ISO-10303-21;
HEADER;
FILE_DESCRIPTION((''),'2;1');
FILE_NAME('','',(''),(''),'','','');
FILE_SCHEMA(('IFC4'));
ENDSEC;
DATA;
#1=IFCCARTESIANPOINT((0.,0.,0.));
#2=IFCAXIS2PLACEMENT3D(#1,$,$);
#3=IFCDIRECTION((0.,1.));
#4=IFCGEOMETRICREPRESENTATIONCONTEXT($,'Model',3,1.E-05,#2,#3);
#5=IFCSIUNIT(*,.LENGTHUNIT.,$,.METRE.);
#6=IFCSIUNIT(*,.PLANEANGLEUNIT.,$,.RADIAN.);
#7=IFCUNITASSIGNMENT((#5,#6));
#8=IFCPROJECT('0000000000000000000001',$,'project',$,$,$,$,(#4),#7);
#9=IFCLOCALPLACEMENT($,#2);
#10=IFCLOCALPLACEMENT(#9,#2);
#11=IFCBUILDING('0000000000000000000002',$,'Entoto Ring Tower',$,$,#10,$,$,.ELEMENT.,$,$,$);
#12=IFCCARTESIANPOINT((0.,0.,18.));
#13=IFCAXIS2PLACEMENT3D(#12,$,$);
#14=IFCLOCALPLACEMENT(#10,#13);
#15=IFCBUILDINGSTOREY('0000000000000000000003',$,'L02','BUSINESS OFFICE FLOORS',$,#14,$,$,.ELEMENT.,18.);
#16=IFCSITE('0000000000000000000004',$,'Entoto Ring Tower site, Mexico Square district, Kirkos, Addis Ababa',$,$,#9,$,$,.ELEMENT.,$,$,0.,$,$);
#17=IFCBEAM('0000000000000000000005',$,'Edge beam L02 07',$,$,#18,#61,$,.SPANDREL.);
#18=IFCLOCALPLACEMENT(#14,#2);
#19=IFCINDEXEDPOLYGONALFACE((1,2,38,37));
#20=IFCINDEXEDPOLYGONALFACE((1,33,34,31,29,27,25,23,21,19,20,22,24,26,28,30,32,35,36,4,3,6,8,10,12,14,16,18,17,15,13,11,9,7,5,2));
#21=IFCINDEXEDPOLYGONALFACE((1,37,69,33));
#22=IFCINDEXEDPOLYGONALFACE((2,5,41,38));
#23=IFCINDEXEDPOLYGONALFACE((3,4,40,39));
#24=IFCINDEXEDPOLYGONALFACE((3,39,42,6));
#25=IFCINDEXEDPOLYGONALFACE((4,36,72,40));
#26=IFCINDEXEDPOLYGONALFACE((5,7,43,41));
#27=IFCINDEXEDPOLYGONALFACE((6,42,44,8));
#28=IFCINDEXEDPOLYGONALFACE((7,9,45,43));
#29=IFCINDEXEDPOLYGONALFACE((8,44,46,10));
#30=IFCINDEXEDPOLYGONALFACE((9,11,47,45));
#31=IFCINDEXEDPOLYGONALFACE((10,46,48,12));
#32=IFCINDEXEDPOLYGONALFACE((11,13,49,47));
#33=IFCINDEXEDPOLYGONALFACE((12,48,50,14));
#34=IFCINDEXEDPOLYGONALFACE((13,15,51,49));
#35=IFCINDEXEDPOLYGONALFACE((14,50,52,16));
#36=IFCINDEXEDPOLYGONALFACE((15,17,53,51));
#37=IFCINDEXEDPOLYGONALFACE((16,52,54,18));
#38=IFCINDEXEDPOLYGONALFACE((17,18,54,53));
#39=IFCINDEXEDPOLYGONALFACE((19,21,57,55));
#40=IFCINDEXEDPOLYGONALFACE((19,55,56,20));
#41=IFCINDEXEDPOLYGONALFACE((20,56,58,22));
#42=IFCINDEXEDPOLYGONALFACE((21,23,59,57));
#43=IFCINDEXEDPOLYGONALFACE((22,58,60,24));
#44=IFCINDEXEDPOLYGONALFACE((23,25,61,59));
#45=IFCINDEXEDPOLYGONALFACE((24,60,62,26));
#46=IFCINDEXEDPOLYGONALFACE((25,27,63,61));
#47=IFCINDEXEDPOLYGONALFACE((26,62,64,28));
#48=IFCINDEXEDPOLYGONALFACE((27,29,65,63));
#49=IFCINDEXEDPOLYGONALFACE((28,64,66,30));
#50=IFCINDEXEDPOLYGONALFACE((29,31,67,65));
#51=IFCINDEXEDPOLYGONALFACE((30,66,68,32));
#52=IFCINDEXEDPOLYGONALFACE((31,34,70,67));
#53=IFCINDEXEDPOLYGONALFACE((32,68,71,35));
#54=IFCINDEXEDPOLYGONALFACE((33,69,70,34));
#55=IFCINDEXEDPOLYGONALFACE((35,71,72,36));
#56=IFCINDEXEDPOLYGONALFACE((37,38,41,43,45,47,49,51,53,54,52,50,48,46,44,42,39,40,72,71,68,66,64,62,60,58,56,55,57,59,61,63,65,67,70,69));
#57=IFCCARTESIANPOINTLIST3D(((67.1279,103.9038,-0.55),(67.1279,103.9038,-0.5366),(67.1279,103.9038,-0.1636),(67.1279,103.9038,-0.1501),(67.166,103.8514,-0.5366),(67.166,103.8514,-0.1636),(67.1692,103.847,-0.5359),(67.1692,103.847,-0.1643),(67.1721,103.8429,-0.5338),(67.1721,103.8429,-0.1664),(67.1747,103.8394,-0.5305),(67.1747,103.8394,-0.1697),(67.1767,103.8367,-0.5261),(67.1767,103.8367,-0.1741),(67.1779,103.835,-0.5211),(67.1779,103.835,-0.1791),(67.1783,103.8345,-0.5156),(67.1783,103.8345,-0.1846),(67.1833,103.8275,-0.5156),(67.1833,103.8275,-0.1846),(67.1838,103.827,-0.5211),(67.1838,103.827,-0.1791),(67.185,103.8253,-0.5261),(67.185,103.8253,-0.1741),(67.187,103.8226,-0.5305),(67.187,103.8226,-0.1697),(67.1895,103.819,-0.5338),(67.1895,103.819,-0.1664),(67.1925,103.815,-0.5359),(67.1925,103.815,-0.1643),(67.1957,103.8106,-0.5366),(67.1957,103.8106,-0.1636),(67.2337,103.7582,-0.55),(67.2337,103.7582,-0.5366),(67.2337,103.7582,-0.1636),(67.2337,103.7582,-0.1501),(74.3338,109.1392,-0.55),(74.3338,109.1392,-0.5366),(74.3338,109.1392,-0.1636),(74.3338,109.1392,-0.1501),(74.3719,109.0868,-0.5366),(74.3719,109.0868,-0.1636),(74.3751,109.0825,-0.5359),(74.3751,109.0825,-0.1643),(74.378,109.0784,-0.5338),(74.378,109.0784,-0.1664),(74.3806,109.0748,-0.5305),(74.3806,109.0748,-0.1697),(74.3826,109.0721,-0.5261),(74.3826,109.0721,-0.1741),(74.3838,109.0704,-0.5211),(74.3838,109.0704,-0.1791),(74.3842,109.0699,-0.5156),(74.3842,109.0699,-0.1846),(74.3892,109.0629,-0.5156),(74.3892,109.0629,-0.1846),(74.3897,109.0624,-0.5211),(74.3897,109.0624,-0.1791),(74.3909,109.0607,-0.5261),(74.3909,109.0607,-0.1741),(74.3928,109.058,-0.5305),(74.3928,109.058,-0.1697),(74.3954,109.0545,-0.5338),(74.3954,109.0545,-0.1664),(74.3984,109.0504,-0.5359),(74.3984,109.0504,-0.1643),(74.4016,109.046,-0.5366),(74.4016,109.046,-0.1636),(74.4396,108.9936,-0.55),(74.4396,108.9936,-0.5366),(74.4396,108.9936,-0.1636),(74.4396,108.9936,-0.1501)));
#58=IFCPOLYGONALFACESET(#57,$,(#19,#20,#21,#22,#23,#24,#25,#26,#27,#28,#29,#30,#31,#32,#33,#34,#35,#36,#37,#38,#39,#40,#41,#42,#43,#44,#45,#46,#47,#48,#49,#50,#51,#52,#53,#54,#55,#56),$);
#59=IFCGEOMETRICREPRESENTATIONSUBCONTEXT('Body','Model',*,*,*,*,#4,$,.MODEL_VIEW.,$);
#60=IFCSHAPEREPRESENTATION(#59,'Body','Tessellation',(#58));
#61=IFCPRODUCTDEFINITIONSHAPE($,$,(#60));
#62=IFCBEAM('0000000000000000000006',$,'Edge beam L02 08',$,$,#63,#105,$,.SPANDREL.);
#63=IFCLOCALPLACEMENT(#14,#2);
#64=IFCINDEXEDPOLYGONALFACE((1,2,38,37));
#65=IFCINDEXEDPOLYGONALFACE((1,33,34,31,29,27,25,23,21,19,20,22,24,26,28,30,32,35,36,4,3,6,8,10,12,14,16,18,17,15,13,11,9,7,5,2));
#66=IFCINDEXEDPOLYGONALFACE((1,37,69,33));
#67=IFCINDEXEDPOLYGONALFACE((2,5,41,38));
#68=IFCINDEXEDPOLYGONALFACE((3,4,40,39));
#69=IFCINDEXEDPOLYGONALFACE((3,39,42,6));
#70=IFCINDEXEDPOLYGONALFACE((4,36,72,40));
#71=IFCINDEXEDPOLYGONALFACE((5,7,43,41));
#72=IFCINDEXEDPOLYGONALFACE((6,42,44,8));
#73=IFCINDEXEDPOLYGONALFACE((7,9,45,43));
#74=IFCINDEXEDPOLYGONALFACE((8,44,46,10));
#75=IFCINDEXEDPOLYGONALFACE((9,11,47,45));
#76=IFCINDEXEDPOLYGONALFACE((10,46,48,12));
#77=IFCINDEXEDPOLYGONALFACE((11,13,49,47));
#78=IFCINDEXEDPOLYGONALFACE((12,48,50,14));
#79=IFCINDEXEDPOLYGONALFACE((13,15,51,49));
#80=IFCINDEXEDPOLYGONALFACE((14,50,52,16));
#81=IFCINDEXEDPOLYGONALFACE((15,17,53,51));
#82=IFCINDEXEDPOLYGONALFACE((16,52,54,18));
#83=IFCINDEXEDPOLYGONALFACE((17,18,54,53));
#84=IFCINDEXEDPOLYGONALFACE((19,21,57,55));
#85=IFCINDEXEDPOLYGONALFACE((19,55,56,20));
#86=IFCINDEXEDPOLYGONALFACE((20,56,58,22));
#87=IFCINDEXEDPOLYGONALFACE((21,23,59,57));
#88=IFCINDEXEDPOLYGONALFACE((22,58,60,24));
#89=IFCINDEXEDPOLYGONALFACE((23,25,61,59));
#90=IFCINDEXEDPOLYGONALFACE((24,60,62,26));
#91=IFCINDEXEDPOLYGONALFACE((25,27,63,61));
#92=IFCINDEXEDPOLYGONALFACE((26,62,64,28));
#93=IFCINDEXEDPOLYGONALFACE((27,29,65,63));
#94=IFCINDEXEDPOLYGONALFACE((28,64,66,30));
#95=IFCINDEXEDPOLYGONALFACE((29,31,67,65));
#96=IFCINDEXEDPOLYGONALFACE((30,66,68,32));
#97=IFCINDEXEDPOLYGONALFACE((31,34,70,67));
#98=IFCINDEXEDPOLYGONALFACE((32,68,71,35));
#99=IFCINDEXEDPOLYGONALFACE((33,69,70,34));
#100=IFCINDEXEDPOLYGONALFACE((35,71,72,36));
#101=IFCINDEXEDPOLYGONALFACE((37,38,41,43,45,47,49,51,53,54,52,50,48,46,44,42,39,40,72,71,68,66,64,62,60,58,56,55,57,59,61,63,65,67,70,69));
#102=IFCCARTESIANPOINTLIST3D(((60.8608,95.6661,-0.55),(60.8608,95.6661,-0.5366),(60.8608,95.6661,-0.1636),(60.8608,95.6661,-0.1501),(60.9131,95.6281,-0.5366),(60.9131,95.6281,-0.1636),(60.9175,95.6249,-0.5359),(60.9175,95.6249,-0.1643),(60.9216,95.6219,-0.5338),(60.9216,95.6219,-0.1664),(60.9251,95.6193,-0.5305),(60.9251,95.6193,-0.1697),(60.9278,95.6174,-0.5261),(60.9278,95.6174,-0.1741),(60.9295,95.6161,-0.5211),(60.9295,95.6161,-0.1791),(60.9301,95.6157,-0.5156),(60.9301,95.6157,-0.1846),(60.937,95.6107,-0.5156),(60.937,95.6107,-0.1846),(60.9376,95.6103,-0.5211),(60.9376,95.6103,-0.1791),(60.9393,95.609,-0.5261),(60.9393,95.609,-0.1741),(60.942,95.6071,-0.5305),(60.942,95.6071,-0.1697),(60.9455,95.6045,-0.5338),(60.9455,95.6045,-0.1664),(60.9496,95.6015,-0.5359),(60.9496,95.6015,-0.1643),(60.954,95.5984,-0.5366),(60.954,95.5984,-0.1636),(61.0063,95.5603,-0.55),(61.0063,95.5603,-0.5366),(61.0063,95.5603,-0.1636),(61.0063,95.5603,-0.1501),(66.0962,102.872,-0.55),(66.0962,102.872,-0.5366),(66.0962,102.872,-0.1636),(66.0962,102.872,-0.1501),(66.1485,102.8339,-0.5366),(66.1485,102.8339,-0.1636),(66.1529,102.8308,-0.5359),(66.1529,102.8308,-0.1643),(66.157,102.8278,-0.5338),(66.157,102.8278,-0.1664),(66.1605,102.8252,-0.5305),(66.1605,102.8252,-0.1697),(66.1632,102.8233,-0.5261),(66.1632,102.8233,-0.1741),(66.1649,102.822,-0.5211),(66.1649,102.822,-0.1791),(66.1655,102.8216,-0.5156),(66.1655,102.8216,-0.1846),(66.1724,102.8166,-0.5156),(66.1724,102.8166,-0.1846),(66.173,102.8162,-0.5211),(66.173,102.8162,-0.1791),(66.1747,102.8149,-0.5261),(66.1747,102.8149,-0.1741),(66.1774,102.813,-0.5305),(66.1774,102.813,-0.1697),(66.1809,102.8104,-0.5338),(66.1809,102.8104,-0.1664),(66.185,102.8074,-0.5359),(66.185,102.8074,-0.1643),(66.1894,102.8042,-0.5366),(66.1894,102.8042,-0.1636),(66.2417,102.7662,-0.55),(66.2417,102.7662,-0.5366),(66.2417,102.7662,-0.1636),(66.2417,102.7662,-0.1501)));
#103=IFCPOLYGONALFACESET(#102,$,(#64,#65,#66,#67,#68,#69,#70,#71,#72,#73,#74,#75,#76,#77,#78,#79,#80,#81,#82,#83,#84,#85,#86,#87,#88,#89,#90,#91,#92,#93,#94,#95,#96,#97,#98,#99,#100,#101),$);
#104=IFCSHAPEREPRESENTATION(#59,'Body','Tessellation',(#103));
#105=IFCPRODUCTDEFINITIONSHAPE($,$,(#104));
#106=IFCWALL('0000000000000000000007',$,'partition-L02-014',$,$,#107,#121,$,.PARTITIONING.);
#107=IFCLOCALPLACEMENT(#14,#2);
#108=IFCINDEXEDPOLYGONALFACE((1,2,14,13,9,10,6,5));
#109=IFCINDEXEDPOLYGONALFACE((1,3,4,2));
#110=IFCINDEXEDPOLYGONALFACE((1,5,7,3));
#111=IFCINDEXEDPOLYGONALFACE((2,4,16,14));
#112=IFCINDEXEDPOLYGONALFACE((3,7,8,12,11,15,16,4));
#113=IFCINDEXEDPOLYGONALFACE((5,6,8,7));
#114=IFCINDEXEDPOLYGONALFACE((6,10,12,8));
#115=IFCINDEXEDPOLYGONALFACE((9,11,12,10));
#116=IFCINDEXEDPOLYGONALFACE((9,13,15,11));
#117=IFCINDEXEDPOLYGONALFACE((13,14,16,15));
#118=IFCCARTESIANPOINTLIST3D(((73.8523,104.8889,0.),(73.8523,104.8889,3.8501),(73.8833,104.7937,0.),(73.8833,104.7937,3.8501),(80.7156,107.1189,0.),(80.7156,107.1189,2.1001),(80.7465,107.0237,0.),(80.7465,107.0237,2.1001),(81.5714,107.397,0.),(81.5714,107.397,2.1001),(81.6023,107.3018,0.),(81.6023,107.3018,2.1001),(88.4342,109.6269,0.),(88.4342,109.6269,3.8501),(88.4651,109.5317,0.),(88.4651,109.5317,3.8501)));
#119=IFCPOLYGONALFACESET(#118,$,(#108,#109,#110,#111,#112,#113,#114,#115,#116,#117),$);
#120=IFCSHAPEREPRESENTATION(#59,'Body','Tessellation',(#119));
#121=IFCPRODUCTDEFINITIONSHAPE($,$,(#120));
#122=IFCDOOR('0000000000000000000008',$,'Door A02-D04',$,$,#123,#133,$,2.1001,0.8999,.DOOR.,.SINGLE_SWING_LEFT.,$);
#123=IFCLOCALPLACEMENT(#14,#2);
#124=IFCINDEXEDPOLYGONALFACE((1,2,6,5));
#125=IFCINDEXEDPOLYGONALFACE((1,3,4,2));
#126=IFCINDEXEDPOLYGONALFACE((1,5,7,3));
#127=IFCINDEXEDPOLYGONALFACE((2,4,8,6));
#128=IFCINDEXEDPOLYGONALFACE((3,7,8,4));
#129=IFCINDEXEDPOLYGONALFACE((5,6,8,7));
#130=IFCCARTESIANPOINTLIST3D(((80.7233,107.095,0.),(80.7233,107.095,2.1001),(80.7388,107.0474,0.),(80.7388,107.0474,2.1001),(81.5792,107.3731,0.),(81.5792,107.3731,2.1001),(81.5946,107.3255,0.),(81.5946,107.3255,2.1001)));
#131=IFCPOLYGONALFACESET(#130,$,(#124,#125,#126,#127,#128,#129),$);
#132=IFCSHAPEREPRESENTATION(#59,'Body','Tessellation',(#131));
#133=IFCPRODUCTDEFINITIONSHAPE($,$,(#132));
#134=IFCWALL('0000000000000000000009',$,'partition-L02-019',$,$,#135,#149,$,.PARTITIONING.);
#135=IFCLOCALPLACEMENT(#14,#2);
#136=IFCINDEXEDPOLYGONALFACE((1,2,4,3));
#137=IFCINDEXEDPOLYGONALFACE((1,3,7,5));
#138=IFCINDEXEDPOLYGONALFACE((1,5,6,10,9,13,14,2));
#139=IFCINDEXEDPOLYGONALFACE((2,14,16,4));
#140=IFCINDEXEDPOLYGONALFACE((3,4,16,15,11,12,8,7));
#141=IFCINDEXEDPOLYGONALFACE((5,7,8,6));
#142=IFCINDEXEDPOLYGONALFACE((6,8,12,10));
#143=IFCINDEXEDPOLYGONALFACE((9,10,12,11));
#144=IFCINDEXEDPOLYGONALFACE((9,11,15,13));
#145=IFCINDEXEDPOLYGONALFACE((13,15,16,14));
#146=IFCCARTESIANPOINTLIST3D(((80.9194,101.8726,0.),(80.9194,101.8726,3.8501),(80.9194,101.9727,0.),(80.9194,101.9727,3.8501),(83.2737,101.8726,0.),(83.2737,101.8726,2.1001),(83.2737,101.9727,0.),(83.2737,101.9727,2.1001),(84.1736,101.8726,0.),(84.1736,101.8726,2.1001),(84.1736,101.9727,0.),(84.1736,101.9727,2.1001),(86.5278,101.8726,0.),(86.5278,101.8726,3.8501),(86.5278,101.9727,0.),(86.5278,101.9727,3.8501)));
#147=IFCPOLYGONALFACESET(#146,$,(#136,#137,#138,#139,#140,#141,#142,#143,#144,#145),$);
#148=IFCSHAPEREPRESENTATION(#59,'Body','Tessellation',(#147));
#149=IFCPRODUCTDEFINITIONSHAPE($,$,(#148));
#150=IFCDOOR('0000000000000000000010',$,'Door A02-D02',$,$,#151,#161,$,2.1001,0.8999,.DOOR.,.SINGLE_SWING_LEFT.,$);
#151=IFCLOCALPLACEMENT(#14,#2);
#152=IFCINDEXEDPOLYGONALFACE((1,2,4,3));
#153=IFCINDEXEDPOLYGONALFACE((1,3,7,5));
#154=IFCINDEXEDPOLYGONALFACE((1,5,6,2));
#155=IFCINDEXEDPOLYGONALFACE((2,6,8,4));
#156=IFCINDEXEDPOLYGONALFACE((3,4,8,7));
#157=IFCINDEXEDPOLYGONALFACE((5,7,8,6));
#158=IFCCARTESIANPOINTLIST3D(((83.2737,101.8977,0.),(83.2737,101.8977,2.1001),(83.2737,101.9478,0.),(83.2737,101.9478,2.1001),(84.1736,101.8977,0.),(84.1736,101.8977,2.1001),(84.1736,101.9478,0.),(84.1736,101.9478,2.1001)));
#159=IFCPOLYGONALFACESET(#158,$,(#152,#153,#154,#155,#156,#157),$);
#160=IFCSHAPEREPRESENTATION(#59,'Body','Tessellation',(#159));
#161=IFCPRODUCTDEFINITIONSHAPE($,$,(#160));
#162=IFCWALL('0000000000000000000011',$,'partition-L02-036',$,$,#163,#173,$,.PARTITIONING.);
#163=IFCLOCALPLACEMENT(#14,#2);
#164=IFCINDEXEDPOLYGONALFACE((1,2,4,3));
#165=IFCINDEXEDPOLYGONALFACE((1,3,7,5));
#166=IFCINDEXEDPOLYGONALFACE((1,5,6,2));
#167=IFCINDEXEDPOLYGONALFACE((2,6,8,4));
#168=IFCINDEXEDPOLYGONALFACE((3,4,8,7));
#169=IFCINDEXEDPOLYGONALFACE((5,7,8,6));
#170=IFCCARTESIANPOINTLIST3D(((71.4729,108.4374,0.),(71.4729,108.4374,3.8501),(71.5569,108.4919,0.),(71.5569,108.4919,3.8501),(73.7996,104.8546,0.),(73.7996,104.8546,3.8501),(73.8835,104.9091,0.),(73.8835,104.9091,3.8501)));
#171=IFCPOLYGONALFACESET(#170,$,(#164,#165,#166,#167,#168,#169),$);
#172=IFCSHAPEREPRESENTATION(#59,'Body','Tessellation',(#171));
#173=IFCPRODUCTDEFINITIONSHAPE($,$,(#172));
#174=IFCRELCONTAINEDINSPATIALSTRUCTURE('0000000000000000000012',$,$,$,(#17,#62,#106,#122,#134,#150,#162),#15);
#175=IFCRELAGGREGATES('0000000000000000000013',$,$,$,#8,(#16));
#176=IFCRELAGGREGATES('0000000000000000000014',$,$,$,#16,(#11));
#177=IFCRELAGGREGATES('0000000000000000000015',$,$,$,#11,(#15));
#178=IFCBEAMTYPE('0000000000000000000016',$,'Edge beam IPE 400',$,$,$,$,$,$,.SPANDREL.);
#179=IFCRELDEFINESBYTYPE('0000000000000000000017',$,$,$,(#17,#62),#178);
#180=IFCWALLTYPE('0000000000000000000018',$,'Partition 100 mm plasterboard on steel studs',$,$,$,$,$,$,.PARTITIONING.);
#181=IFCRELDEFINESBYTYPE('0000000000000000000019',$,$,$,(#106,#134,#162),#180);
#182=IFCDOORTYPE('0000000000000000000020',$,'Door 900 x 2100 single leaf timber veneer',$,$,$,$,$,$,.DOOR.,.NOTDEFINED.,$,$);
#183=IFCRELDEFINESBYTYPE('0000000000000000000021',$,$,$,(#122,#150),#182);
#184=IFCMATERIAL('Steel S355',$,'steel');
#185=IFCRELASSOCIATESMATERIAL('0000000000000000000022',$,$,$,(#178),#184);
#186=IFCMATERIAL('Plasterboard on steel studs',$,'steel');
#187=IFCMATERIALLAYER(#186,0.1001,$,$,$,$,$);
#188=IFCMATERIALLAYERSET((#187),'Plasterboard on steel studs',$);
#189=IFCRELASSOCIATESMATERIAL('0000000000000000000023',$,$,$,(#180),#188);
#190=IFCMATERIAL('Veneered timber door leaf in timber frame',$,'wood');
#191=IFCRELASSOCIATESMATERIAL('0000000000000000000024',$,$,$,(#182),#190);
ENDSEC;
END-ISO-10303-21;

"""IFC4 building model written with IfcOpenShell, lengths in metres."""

from ifc_helpers import new_model, si_unit, direction, frame, frame_2d, origin, origin_2d, place, context, subcontext, project, spatial, rectangle, i_section, extrude, material, layer, layer_set, material_profile, profile_set, type_object, element, fill, save


model = new_model("IFC4")

# Units and contexts
model_context = context("Model", 3, precision=1e-05, world=origin(), true_north=direction((0.0, 1.0)))
body_context = subcontext(model_context, "Body", "Model", "MODEL_VIEW")
ifc_project = project(units=[si_unit("LENGTHUNIT", "METRE"), si_unit("PLANEANGLEUNIT", "RADIAN")], contexts=[model_context])

# Site, building, storey
site_placement = place(None, origin())
site = spatial("IfcSite", under=ifc_project, at=site_placement, Name="Entoto Ring Tower site, Mexico Square district, Kirkos, Addis Ababa", CompositionType="ELEMENT", RefElevation=0.0)
building_placement = place(site_placement, origin())
building = spatial("IfcBuilding", under=site, at=building_placement, Name="Entoto Ring Tower", CompositionType="ELEMENT")
storey_placement = place(building_placement, frame((0.0, 0.0, 18.0)))
storey = spatial("IfcBuildingStorey", under=building, at=storey_placement, Name="L02", Description="BUSINESS OFFICE FLOORS", CompositionType="ELEMENT", Elevation=18.0)

# Beams
ifc_material_1 = material(Name="Steel S355", Category="steel")
ifc_material_profile_1 = material_profile(ifc_material_1, i_section(OverallWidth=0.1799, OverallDepth=0.3999, WebThickness=0.0085, FlangeThickness=0.0134, FilletRadius=0.021, at=origin_2d()), Name="IPE 400")
ifc_profile_set_1 = profile_set([ifc_material_profile_1], Name="Steel S355")
beam_type = type_object("IfcBeamType", Name="Edge beam IPE 400", PredefinedType="SPANDREL", material=ifc_profile_set_1)
for number, where, z_axis, x_axis, name in (
    (1, (74.3867, 109.0664, -0.3501), (-0.809016, -0.587787, 0.0), (0.587787, -0.809016, 0.0), "Edge beam L02 07"),
    (2, (66.1689, 102.8191, -0.3501), (-0.587787, -0.809016, 0.0), (0.809016, -0.587787, 0.0), "Edge beam L02 08"),
):
    element("IfcBeam", number, at=place(storey_placement, frame(where, z_axis=z_axis, x_axis=x_axis)), inside=storey, type_object=beam_type, Name=name, PredefinedType="SPANDREL", context=body_context, shape_type="SweptSolid", body=[
        extrude(i_section(OverallWidth=0.1799, OverallDepth=0.3999, WebThickness=0.0085, FlangeThickness=0.0134, FilletRadius=0.021, at=origin_2d()), origin(), (0.0, 0.0, 1.0), 8.907),
    ])

# Walls, openings, doors
ifc_material_2 = material(Name="Plasterboard on steel studs", Category="steel")
ifc_layer = layer(ifc_material_2, 0.1001)
ifc_layer_set = layer_set([ifc_layer], Name="Plasterboard on steel studs")
wall_type = type_object("IfcWallType", Name="Partition 100 mm plasterboard on steel studs", PredefinedType="PARTITIONING", material=ifc_layer_set)
wall_1_placement = place(storey_placement, frame((73.8679, 104.8413, 0.0), z_axis=(0.0, 0.0, 1.0), x_axis=(0.951054, 0.309025, 0.0)))
wall_1 = element("IfcWall", 3, at=wall_1_placement, inside=storey, type_object=wall_type, Name="partition-L02-014", PredefinedType="PARTITIONING", context=body_context, shape_type="SweptSolid", body=[
    extrude(rectangle(XDim=15.3323, YDim=0.1001, at=frame_2d((7.666, 0.0))), origin(), (0.0, 0.0, 1.0), 3.8501),
])
opening_1_placement = place(wall_1_placement, frame((7.2163, 0.0, 0.0)))
opening_1 = element("IfcOpeningElement", 4, at=opening_1_placement, cuts=wall_1, PredefinedType="OPENING", context=body_context, shape_type="SweptSolid", body=[
    extrude(rectangle(XDim=0.8999, YDim=2.1001, at=frame_2d((0.45, 1.05))), frame((0.0, 0.0601, 0.0), z_axis=(0.0, -1.0, 0.0), x_axis=(1.0, 0.0, 0.0)), (0.0, 0.0, 1.0), 0.1201),
])
ifc_material_3 = material(Name="Veneered timber door leaf in timber frame", Category="wood")
door_type = type_object("IfcDoorType", Name="Door 900 x 2100 single leaf timber veneer", OperationType="NOTDEFINED", PredefinedType="DOOR", material=ifc_material_3)
door_1_placement = place(opening_1_placement, origin())
door_1 = element("IfcDoor", 5, at=door_1_placement, inside=storey, type_object=door_type, Name="Door A02-D04", OperationType="SINGLE_SWING_LEFT", OverallHeight=2.1001, OverallWidth=0.8999, PredefinedType="DOOR", context=body_context, shape_type="SweptSolid", body=[
    extrude(rectangle(XDim=0.8999, YDim=2.1001, at=frame_2d((0.45, 1.05))), frame((0.0, 0.0249, 0.0), z_axis=(0.0, -1.0, 0.0), x_axis=(1.0, 0.0, 0.0)), (0.0, 0.0, 1.0), 0.05),
])
fill(opening_1, door_1)
wall_2_placement = place(storey_placement, frame((80.9194, 101.9226, 0.0), z_axis=(0.0, 0.0, 1.0), x_axis=(1.0, 0.0, 0.0)))
wall_2 = element("IfcWall", 6, at=wall_2_placement, inside=storey, type_object=wall_type, Name="partition-L02-019", PredefinedType="PARTITIONING", context=body_context, shape_type="SweptSolid", body=[
    extrude(rectangle(XDim=5.6084, YDim=0.1001, at=frame_2d((2.8042, 0.0))), origin(), (0.0, 0.0, 1.0), 3.8501),
])
opening_2_placement = place(wall_2_placement, frame((2.3542, 0.0, 0.0)))
opening_2 = element("IfcOpeningElement", 7, at=opening_2_placement, cuts=wall_2, PredefinedType="OPENING", context=body_context, shape_type="SweptSolid", body=[
    extrude(rectangle(XDim=0.8999, YDim=2.1001, at=frame_2d((0.45, 1.05))), frame((0.0, 0.0601, 0.0), z_axis=(0.0, -1.0, 0.0), x_axis=(1.0, 0.0, 0.0)), (0.0, 0.0, 1.0), 0.1201),
])
door_2_placement = place(opening_2_placement, frame((0.8999, 0.0, 0.0), z_axis=(0.0, 0.0, 1.0), x_axis=(-1.0, 0.0, 0.0)))
door_2 = element("IfcDoor", 8, at=door_2_placement, inside=storey, type_object=door_type, Name="Door A02-D02", OperationType="SINGLE_SWING_LEFT", OverallHeight=2.1001, OverallWidth=0.8999, PredefinedType="DOOR", context=body_context, shape_type="SweptSolid", body=[
    extrude(rectangle(XDim=0.8999, YDim=2.1001, at=frame_2d((0.45, 1.05))), frame((0.0, 0.0249, 0.0), z_axis=(0.0, -1.0, 0.0), x_axis=(1.0, 0.0, 0.0)), (0.0, 0.0, 1.0), 0.05),
])
fill(opening_2, door_2)

# Wall
wall_3_placement = place(storey_placement, frame((73.8416, 104.8818, 0.0), z_axis=(0.0, 0.0, 1.0), x_axis=(-0.544637, 0.838672, 0.0)))
element("IfcWall", 9, at=wall_3_placement, inside=storey, type_object=wall_type, Name="partition-L02-036", PredefinedType="PARTITIONING", context=body_context, shape_type="SweptSolid", body=[
    extrude(rectangle(XDim=4.272, YDim=0.1001, at=frame_2d((2.136, 0.0))), origin(), (0.0, 0.0, 1.0), 3.8501),
])

save(model, "model.ifc")
